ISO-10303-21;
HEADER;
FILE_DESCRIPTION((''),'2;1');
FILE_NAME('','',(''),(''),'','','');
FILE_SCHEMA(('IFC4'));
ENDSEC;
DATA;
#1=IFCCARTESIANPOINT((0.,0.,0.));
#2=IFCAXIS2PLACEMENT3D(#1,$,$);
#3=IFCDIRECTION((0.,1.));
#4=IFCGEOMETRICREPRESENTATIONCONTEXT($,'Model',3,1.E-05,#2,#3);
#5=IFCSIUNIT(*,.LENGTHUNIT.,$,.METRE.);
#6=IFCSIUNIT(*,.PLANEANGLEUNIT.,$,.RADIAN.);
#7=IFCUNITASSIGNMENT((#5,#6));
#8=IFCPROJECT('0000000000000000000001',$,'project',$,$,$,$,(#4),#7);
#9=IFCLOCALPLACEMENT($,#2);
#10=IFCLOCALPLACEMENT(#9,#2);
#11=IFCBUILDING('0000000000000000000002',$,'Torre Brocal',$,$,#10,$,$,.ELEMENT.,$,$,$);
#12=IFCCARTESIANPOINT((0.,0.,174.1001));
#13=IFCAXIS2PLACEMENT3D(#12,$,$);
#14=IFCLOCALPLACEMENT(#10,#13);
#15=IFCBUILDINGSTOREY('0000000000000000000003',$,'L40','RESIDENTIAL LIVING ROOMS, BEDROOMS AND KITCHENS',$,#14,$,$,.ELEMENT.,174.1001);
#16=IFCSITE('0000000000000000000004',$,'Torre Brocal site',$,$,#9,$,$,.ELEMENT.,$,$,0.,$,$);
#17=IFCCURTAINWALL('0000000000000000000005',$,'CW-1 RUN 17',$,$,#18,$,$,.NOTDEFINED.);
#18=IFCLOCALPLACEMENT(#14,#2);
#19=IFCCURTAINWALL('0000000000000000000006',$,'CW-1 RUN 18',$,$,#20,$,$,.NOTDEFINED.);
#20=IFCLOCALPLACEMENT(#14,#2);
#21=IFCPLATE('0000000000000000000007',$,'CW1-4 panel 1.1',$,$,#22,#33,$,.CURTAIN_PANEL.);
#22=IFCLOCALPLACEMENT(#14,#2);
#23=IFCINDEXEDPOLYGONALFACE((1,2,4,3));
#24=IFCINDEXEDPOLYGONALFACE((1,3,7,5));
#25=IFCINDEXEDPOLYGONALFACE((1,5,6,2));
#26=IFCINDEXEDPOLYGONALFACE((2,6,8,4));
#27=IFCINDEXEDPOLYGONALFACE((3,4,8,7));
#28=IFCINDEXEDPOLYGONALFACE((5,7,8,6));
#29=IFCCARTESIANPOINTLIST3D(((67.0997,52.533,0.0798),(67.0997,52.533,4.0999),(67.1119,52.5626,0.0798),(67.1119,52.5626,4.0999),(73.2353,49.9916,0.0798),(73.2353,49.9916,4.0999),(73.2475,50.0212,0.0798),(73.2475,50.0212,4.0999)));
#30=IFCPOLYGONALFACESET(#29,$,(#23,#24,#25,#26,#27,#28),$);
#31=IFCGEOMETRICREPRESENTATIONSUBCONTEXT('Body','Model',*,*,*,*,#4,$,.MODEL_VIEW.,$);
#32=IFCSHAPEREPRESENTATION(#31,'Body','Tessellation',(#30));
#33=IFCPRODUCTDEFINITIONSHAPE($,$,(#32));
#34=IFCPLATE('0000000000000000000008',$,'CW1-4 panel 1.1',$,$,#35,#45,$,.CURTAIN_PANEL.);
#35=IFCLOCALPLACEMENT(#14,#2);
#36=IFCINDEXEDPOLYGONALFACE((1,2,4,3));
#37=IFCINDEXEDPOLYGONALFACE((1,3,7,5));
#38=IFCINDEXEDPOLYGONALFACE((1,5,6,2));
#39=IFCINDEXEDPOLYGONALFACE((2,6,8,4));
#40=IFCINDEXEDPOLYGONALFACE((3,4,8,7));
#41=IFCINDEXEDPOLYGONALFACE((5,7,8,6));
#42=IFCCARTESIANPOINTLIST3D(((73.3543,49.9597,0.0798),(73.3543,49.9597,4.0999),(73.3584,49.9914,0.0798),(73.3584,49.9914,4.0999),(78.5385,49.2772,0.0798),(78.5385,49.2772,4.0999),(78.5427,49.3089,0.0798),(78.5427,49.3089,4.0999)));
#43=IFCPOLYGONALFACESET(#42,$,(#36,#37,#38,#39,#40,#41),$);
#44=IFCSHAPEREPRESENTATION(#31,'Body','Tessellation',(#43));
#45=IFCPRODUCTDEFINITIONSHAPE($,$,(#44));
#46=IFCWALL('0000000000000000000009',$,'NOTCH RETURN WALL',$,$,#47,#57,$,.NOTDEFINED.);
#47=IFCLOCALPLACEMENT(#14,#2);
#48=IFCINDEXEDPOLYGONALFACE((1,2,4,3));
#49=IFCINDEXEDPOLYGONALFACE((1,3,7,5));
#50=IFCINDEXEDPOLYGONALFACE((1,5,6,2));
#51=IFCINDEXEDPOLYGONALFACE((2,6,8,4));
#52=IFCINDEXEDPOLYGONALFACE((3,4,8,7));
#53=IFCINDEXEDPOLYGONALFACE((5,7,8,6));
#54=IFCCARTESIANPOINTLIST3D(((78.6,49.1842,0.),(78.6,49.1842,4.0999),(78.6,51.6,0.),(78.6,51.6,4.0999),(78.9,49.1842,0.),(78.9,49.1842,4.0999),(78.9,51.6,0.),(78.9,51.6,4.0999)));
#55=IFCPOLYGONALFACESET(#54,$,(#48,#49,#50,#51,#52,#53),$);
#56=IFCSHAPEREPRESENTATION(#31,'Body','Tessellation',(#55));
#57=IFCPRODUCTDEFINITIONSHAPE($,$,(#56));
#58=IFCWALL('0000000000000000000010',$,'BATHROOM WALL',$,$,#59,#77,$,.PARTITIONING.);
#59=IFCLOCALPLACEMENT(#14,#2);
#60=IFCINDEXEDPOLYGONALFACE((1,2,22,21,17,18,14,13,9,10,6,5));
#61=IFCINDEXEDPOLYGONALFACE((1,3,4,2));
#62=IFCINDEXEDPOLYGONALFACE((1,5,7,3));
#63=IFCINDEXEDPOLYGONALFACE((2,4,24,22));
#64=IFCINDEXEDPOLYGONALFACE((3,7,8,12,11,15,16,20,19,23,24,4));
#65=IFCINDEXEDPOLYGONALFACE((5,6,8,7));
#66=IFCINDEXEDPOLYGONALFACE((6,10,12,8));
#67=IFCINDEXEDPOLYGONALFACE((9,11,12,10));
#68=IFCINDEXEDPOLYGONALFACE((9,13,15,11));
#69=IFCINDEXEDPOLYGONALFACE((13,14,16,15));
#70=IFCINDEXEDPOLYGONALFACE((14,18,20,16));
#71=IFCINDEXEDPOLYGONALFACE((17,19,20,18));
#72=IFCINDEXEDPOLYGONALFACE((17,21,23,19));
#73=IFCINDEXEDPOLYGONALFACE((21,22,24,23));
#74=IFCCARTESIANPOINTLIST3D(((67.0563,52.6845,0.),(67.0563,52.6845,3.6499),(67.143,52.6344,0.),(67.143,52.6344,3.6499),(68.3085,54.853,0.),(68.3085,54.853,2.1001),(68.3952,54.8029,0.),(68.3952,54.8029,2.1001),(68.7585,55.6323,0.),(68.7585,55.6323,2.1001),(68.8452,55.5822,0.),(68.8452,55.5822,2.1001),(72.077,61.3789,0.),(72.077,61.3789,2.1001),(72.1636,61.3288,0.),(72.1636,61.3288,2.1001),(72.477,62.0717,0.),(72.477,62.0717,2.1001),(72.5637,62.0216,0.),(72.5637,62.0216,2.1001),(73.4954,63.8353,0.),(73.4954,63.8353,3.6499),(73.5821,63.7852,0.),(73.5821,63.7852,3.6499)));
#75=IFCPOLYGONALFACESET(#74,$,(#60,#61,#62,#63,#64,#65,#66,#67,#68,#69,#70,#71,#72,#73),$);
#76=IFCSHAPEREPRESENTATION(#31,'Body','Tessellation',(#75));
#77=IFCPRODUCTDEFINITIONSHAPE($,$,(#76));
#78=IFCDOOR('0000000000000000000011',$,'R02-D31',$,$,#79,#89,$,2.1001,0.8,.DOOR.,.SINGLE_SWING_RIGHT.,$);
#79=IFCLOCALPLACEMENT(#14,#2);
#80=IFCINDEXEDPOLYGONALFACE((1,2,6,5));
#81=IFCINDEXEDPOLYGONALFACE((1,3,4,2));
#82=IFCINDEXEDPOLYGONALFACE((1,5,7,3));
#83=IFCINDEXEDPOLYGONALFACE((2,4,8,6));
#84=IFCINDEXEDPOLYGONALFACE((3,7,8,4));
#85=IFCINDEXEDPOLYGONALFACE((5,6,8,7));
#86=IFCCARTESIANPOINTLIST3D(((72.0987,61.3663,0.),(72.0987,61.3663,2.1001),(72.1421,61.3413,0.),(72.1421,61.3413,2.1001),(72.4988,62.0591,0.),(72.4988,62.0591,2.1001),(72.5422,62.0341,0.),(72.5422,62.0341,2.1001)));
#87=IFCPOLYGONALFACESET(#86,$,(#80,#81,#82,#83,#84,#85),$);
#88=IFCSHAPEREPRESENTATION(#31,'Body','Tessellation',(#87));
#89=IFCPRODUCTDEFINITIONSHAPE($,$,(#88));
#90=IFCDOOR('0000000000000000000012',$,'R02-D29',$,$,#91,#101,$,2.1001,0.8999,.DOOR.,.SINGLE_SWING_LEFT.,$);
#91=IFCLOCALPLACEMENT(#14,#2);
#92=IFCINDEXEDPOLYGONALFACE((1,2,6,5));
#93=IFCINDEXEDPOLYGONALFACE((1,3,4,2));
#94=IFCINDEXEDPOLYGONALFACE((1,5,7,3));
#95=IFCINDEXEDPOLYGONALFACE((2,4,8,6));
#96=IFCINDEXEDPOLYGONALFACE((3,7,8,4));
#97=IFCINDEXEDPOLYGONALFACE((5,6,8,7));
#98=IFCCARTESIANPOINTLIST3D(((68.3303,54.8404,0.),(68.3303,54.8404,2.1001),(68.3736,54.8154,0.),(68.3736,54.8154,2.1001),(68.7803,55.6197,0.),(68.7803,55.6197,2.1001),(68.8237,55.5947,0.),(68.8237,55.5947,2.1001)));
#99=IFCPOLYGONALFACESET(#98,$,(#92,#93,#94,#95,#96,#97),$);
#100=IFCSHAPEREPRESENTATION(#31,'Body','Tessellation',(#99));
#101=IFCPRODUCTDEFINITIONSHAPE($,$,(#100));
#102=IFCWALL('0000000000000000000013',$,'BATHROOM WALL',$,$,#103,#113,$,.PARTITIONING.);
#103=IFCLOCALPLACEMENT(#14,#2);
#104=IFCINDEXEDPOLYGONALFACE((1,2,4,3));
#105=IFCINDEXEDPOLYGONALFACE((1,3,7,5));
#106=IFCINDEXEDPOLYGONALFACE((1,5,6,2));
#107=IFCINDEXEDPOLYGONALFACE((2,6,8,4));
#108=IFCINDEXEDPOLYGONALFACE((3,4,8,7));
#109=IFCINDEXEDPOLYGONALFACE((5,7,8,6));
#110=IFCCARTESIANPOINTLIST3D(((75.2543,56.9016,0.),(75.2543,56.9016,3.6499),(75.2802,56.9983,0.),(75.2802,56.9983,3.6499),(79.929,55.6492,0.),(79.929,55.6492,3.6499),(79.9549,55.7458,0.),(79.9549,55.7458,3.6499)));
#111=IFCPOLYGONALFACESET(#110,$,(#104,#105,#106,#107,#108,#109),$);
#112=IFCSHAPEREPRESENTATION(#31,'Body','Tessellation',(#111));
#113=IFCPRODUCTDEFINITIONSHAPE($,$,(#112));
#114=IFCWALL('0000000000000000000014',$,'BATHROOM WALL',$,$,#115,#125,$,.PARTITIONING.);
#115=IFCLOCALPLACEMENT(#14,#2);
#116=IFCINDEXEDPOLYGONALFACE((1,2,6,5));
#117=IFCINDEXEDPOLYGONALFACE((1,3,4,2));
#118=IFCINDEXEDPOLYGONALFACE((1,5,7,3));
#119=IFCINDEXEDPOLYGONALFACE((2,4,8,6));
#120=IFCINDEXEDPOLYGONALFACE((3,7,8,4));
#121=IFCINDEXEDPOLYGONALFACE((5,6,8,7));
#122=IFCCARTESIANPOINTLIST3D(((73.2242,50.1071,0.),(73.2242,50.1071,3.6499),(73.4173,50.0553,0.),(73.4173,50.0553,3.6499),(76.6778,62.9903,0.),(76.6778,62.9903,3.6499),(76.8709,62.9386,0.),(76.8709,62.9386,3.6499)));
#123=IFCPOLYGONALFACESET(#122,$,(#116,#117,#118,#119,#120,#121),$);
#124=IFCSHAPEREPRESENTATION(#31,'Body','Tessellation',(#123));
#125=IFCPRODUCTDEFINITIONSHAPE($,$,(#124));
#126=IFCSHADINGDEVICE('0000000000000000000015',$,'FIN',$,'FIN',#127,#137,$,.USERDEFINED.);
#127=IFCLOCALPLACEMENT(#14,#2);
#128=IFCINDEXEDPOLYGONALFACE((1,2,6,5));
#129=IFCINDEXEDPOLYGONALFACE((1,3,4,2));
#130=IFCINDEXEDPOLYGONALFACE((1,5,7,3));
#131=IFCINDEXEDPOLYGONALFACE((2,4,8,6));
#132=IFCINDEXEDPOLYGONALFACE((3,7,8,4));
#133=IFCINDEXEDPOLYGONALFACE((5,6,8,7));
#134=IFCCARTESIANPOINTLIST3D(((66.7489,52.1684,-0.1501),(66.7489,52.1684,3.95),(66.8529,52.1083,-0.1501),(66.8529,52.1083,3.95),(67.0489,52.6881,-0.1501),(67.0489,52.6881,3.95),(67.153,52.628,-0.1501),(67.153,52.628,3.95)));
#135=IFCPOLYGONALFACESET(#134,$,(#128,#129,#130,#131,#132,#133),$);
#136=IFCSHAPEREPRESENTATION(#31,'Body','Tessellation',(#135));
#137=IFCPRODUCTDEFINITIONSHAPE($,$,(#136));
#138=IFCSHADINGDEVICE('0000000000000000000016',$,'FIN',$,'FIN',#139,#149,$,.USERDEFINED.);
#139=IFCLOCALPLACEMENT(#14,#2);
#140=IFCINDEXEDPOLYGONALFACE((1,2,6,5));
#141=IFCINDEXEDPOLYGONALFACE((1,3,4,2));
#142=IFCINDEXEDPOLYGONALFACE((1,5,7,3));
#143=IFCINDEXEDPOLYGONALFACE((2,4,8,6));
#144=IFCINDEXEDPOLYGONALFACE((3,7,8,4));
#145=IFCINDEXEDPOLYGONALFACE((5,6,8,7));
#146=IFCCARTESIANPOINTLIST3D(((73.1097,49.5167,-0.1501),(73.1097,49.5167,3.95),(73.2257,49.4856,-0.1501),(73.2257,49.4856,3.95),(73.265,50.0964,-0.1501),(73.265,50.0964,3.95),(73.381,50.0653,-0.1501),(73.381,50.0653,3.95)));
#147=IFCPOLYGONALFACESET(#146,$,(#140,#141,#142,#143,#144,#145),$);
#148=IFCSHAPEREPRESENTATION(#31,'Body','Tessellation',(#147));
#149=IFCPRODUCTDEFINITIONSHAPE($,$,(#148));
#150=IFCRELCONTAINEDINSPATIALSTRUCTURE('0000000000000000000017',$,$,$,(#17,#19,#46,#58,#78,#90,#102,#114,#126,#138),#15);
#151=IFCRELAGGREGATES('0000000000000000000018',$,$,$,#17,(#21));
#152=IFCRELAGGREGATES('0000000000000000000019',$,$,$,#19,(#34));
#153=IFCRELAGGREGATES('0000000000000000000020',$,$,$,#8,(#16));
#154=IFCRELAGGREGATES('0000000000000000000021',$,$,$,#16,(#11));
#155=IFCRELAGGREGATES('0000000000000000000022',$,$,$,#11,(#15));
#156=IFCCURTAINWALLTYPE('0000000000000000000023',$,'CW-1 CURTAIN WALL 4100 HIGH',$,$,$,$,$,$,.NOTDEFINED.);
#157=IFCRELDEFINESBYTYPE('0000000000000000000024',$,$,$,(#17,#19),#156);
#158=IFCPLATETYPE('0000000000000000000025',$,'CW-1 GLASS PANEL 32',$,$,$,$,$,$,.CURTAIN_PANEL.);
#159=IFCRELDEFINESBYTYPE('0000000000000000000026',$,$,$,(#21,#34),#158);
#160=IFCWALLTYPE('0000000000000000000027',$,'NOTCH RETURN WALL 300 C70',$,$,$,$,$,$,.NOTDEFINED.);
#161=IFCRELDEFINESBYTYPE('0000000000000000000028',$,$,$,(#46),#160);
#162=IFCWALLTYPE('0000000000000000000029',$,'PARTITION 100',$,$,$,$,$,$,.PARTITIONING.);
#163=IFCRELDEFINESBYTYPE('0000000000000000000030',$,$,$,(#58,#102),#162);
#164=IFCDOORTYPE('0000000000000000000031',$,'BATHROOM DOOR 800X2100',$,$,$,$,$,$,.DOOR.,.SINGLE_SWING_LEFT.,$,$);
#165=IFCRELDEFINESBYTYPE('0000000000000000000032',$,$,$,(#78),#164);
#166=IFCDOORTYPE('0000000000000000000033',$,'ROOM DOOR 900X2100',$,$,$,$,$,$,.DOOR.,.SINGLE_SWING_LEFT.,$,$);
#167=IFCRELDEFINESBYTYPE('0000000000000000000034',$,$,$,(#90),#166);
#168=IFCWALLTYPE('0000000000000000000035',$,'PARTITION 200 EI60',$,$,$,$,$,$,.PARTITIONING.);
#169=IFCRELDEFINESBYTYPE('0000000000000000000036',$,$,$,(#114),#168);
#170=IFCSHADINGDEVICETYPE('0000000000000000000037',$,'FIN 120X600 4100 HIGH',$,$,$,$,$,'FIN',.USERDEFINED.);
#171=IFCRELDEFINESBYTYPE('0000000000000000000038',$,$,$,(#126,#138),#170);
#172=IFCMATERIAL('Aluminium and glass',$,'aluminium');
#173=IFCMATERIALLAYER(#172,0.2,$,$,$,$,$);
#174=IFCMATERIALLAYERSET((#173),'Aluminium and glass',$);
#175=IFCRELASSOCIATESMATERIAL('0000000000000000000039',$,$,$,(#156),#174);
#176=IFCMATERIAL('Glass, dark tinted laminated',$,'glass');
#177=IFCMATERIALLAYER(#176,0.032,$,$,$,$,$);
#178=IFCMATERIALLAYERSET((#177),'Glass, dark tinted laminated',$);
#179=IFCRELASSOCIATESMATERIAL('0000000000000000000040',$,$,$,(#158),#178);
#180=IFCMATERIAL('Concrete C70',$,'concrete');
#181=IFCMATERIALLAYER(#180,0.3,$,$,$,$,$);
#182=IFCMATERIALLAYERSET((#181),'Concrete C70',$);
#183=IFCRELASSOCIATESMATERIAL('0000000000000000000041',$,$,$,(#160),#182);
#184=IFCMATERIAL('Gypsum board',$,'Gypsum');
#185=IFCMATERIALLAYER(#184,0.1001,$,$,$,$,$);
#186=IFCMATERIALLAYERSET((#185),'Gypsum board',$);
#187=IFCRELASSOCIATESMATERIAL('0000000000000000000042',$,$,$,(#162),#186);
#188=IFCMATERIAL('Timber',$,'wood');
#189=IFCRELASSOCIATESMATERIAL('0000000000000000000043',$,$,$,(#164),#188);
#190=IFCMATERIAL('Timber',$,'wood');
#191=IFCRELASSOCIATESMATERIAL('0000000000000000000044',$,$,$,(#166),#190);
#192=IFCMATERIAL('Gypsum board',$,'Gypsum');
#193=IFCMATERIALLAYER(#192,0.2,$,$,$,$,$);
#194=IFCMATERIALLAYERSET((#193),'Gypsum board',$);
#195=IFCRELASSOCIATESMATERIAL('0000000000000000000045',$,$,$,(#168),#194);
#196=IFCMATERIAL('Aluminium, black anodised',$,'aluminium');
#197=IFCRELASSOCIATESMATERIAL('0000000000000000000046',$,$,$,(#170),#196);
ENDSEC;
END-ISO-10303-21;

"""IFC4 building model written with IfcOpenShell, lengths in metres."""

from ifc_helpers import new_model, si_unit, direction, frame, frame_2d, origin, origin_2d, place, context, subcontext, project, spatial, rectangle, extrude, material, layer, layer_set, material_profile, profile_set, type_object, element, fill, aggregate, save


model = new_model("IFC4")

# Units and contexts
model_context = context("Model", 3, precision=1e-05, world=origin(), true_north=direction((0.0, 1.0)))
body_context = subcontext(model_context, "Body", "Model", "MODEL_VIEW")
ifc_project = project(units=[si_unit("LENGTHUNIT", "METRE"), si_unit("PLANEANGLEUNIT", "RADIAN")], contexts=[model_context])

# Site, building, storey
site_placement = place(None, origin())
site = spatial("IfcSite", under=ifc_project, at=site_placement, Name="Torre Brocal site", CompositionType="ELEMENT", RefElevation=0.0)
building_placement = place(site_placement, origin())
building = spatial("IfcBuilding", under=site, at=building_placement, Name="Torre Brocal", CompositionType="ELEMENT")
storey_placement = place(building_placement, frame((0.0, 0.0, 174.1001)))
storey = spatial("IfcBuildingStorey", under=building, at=storey_placement, Name="L40", Description="RESIDENTIAL LIVING ROOMS, BEDROOMS AND KITCHENS", CompositionType="ELEMENT", Elevation=174.1001)

# Shared definitions
ifc_material_1 = material(Name="Aluminium and glass", Category="aluminium")
ifc_layer_1 = layer(ifc_material_1, 0.2)
ifc_layer_set_1 = layer_set([ifc_layer_1], Name="Aluminium and glass")
curtain_wall_type = type_object("IfcCurtainWallType", Name="CW-1 CURTAIN WALL 4100 HIGH", PredefinedType="NOTDEFINED", material=ifc_layer_set_1)

# Curtain walls
curtain_wall_1_placement = place(storey_placement, origin())
curtain_wall_1 = element("IfcCurtainWall", 1, at=curtain_wall_1_placement, inside=storey, type_object=curtain_wall_type, Name="CW-1 RUN 17", PredefinedType="NOTDEFINED")
curtain_wall_2_placement = place(storey_placement, origin())
curtain_wall_2 = element("IfcCurtainWall", 2, at=curtain_wall_2_placement, inside=storey, type_object=curtain_wall_type, Name="CW-1 RUN 18", PredefinedType="NOTDEFINED")

# Plates
ifc_material_2 = material(Name="Glass, dark tinted laminated", Category="glass")
ifc_layer_2 = layer(ifc_material_2, 0.032)
ifc_layer_set_2 = layer_set([ifc_layer_2], Name="Glass, dark tinted laminated")
plate_type = type_object("IfcPlateType", Name="CW-1 GLASS PANEL 32", PredefinedType="CURTAIN_PANEL", material=ifc_layer_set_2)
plate_1_placement = place(storey_placement, frame((70.1736, 51.2771, 0.0798), z_axis=(0.0, 0.0, 1.0), x_axis=(0.92388, -0.382683, 0.0)))
plate_1 = element("IfcPlate", 3, at=plate_1_placement, type_object=plate_type, Name="CW1-4 panel 1.1", PredefinedType="CURTAIN_PANEL", context=body_context, shape_type="SweptSolid", body=[
    extrude(rectangle(XDim=6.6411, YDim=0.032, at=origin_2d()), origin(), (0.0, 0.0, 1.0), 4.02),
])
aggregate(curtain_wall_1, [plate_1])
plate_2_placement = place(storey_placement, frame((75.9485, 49.6343, 0.0798), z_axis=(0.0, 0.0, 1.0), x_axis=(0.991445, -0.130526, 0.0)))
plate_2 = element("IfcPlate", 4, at=plate_2_placement, type_object=plate_type, Name="CW1-4 panel 1.1", PredefinedType="CURTAIN_PANEL", context=body_context, shape_type="SweptSolid", body=[
    extrude(rectangle(XDim=5.229, YDim=0.032, at=origin_2d()), origin(), (0.0, 0.0, 1.0), 4.02),
])
aggregate(curtain_wall_2, [plate_2])

# Wall
ifc_material_3 = material(Name="Concrete C70", Category="concrete")
ifc_layer_3 = layer(ifc_material_3, 0.3)
ifc_layer_set_3 = layer_set([ifc_layer_3], Name="Concrete C70")
wall_type_1 = type_object("IfcWallType", Name="NOTCH RETURN WALL 300 C70", PredefinedType="NOTDEFINED", material=ifc_layer_set_3)
wall_1_placement = place(storey_placement, frame((78.75, 51.6001, 0.0), z_axis=(0.0, 0.0, 1.0), x_axis=(0.0, -1.0, 0.0)))
element("IfcWall", 5, at=wall_1_placement, inside=storey, type_object=wall_type_1, Name="NOTCH RETURN WALL", PredefinedType="NOTDEFINED", context=body_context, shape_type="SweptSolid", body=[
    extrude(rectangle(XDim=2.4158, YDim=0.3, at=frame_2d((1.208, 0.0))), origin(), (0.0, 0.0, 1.0), 4.0999),
])

# Wall, openings, doors
ifc_material_4 = material(Name="Gypsum board", Category="Gypsum")
ifc_layer_4 = layer(ifc_material_4, 0.1001)
ifc_layer_set_4 = layer_set([ifc_layer_4], Name="Gypsum board")
wall_type_2 = type_object("IfcWallType", Name="PARTITION 100", PredefinedType="PARTITIONING", material=ifc_layer_set_4)
wall_2_placement = place(storey_placement, frame((67.0996, 52.6594, 0.0), z_axis=(0.0, 0.0, 1.0), x_axis=(0.500073, 0.865983, 0.0)))
wall_2 = element("IfcWall", 6, at=wall_2_placement, inside=storey, type_object=wall_type_2, Name="BATHROOM WALL", PredefinedType="PARTITIONING", context=body_context, shape_type="SweptSolid", body=[
    extrude(rectangle(XDim=12.8765, YDim=0.1001, at=frame_2d((6.4382, 0.0))), origin(), (0.0, 0.0, 1.0), 3.6499),
])
opening_1_placement = place(wall_2_placement, frame((2.5042, 0.0, 0.0)))
opening_1 = element("IfcOpeningElement", 7, at=opening_1_placement, cuts=wall_2, PredefinedType="OPENING", context=body_context, shape_type="SweptSolid", body=[
    extrude(rectangle(XDim=0.8999, YDim=2.1001, at=frame_2d((0.45, 1.05))), frame((0.0, 0.0601, 0.0), z_axis=(0.0, -1.0, 0.0), x_axis=(1.0, 0.0, 0.0)), (0.0, 0.0, 1.0), 0.1201),
])
opening_2_placement = place(wall_2_placement, frame((10.04, 0.0, 0.0)))
opening_2 = element("IfcOpeningElement", 8, at=opening_2_placement, cuts=wall_2, PredefinedType="OPENING", context=body_context, shape_type="SweptSolid", body=[
    extrude(rectangle(XDim=0.8, YDim=2.1001, at=frame_2d((0.3999, 1.05))), frame((0.0, 0.0601, 0.0), z_axis=(0.0, -1.0, 0.0), x_axis=(1.0, 0.0, 0.0)), (0.0, 0.0, 1.0), 0.1201),
])
ifc_material_5 = material(Name="Timber", Category="wood")
door_type_1 = type_object("IfcDoorType", Name="BATHROOM DOOR 800X2100", OperationType="SINGLE_SWING_LEFT", PredefinedType="DOOR", material=ifc_material_5)
door_1_placement = place(opening_2_placement, origin())
door_1 = element("IfcDoor", 9, at=door_1_placement, inside=storey, type_object=door_type_1, Name="R02-D31", OperationType="SINGLE_SWING_RIGHT", OverallHeight=2.1001, OverallWidth=0.8, PredefinedType="DOOR", context=body_context, shape_type="SweptSolid", body=[
    extrude(rectangle(XDim=0.8, YDim=2.1001, at=frame_2d((0.3999, 1.05))), frame((0.0, 0.0249, 0.0), z_axis=(0.0, -1.0, 0.0), x_axis=(1.0, 0.0, 0.0)), (0.0, 0.0, 1.0), 0.05),
])
fill(opening_2, door_1)
ifc_material_6 = material(Name="Timber", Category="wood")
door_type_2 = type_object("IfcDoorType", Name="ROOM DOOR 900X2100", OperationType="SINGLE_SWING_LEFT", PredefinedType="DOOR", material=ifc_material_6)
door_2_placement = place(opening_1_placement, origin())
door_2 = element("IfcDoor", 10, at=door_2_placement, inside=storey, type_object=door_type_2, Name="R02-D29", OperationType="SINGLE_SWING_LEFT", OverallHeight=2.1001, OverallWidth=0.8999, PredefinedType="DOOR", context=body_context, shape_type="SweptSolid", body=[
    extrude(rectangle(XDim=0.8999, YDim=2.1001, at=frame_2d((0.45, 1.05))), frame((0.0, 0.0249, 0.0), z_axis=(0.0, -1.0, 0.0), x_axis=(1.0, 0.0, 0.0)), (0.0, 0.0, 1.0), 0.05),
])
fill(opening_1, door_2)

# Walls
wall_3_placement = place(storey_placement, frame((75.2671, 56.95, 0.0), z_axis=(0.0, 0.0, 1.0), x_axis=(0.965935, -0.258787, 0.0)))
element("IfcWall", 11, at=wall_3_placement, inside=storey, type_object=wall_type_2, Name="BATHROOM WALL", PredefinedType="PARTITIONING", context=body_context, shape_type="SweptSolid", body=[
    extrude(rectangle(XDim=4.8396, YDim=0.1001, at=frame_2d((2.4199, 0.0))), origin(), (0.0, 0.0, 1.0), 3.6499),
])
ifc_material_7 = material(Name="Gypsum board", Category="Gypsum")
ifc_layer_5 = layer(ifc_material_7, 0.2)
ifc_layer_set_5 = layer_set([ifc_layer_5], Name="Gypsum board")
wall_type_3 = type_object("IfcWallType", Name="PARTITION 200 EI60", PredefinedType="PARTITIONING", material=ifc_layer_set_5)
wall_4_placement = place(storey_placement, frame((73.3208, 50.0813, 0.0), z_axis=(0.0, 0.0, 1.0), x_axis=(0.258927, 0.965897, 0.0)))
element("IfcWall", 12, at=wall_4_placement, inside=storey, type_object=wall_type_3, Name="BATHROOM WALL", PredefinedType="PARTITIONING", context=body_context, shape_type="SweptSolid", body=[
    extrude(rectangle(XDim=13.3381, YDim=0.2, at=frame_2d((6.6689, 0.0))), origin(), (0.0, 0.0, 1.0), 3.6499),
])

# Shading devices
ifc_material_8 = material(Name="Aluminium, black anodised", Category="aluminium")
ifc_material_profile_1 = material_profile(ifc_material_8, rectangle(XDim=0.1201, YDim=0.6001, at=origin_2d()), Name="FIN 120X600 4100 HIGH")
ifc_profile_set_1 = profile_set([ifc_material_profile_1], Name="Aluminium, black anodised")
shading_device_type = type_object("IfcShadingDeviceType", Name="FIN 120X600 4100 HIGH", ElementType="FIN", PredefinedType="USERDEFINED", material=ifc_profile_set_1)
for number, where, z_axis, x_axis, name in (
    (13, (66.9509, 52.3982, -0.1501), (0.0, 0.0, 1.0), (0.866025, -0.5, 0.0), "FIN"),
    (14, (73.2454, 49.791, -0.1501), (0.0, 0.0, 1.0), (0.965926, -0.258819, 0.0), "FIN"),
):
    element("IfcShadingDevice", number, at=place(storey_placement, frame(where, z_axis=z_axis, x_axis=x_axis)), inside=storey, type_object=shading_device_type, Name=name, ObjectType="FIN", PredefinedType="USERDEFINED", context=body_context, shape_type="SweptSolid", body=[
        extrude(rectangle(XDim=0.1201, YDim=0.6001, at=origin_2d()), origin(), (0.0, 0.0, 1.0), 4.1001),
    ])

save(model, "model.ifc")
